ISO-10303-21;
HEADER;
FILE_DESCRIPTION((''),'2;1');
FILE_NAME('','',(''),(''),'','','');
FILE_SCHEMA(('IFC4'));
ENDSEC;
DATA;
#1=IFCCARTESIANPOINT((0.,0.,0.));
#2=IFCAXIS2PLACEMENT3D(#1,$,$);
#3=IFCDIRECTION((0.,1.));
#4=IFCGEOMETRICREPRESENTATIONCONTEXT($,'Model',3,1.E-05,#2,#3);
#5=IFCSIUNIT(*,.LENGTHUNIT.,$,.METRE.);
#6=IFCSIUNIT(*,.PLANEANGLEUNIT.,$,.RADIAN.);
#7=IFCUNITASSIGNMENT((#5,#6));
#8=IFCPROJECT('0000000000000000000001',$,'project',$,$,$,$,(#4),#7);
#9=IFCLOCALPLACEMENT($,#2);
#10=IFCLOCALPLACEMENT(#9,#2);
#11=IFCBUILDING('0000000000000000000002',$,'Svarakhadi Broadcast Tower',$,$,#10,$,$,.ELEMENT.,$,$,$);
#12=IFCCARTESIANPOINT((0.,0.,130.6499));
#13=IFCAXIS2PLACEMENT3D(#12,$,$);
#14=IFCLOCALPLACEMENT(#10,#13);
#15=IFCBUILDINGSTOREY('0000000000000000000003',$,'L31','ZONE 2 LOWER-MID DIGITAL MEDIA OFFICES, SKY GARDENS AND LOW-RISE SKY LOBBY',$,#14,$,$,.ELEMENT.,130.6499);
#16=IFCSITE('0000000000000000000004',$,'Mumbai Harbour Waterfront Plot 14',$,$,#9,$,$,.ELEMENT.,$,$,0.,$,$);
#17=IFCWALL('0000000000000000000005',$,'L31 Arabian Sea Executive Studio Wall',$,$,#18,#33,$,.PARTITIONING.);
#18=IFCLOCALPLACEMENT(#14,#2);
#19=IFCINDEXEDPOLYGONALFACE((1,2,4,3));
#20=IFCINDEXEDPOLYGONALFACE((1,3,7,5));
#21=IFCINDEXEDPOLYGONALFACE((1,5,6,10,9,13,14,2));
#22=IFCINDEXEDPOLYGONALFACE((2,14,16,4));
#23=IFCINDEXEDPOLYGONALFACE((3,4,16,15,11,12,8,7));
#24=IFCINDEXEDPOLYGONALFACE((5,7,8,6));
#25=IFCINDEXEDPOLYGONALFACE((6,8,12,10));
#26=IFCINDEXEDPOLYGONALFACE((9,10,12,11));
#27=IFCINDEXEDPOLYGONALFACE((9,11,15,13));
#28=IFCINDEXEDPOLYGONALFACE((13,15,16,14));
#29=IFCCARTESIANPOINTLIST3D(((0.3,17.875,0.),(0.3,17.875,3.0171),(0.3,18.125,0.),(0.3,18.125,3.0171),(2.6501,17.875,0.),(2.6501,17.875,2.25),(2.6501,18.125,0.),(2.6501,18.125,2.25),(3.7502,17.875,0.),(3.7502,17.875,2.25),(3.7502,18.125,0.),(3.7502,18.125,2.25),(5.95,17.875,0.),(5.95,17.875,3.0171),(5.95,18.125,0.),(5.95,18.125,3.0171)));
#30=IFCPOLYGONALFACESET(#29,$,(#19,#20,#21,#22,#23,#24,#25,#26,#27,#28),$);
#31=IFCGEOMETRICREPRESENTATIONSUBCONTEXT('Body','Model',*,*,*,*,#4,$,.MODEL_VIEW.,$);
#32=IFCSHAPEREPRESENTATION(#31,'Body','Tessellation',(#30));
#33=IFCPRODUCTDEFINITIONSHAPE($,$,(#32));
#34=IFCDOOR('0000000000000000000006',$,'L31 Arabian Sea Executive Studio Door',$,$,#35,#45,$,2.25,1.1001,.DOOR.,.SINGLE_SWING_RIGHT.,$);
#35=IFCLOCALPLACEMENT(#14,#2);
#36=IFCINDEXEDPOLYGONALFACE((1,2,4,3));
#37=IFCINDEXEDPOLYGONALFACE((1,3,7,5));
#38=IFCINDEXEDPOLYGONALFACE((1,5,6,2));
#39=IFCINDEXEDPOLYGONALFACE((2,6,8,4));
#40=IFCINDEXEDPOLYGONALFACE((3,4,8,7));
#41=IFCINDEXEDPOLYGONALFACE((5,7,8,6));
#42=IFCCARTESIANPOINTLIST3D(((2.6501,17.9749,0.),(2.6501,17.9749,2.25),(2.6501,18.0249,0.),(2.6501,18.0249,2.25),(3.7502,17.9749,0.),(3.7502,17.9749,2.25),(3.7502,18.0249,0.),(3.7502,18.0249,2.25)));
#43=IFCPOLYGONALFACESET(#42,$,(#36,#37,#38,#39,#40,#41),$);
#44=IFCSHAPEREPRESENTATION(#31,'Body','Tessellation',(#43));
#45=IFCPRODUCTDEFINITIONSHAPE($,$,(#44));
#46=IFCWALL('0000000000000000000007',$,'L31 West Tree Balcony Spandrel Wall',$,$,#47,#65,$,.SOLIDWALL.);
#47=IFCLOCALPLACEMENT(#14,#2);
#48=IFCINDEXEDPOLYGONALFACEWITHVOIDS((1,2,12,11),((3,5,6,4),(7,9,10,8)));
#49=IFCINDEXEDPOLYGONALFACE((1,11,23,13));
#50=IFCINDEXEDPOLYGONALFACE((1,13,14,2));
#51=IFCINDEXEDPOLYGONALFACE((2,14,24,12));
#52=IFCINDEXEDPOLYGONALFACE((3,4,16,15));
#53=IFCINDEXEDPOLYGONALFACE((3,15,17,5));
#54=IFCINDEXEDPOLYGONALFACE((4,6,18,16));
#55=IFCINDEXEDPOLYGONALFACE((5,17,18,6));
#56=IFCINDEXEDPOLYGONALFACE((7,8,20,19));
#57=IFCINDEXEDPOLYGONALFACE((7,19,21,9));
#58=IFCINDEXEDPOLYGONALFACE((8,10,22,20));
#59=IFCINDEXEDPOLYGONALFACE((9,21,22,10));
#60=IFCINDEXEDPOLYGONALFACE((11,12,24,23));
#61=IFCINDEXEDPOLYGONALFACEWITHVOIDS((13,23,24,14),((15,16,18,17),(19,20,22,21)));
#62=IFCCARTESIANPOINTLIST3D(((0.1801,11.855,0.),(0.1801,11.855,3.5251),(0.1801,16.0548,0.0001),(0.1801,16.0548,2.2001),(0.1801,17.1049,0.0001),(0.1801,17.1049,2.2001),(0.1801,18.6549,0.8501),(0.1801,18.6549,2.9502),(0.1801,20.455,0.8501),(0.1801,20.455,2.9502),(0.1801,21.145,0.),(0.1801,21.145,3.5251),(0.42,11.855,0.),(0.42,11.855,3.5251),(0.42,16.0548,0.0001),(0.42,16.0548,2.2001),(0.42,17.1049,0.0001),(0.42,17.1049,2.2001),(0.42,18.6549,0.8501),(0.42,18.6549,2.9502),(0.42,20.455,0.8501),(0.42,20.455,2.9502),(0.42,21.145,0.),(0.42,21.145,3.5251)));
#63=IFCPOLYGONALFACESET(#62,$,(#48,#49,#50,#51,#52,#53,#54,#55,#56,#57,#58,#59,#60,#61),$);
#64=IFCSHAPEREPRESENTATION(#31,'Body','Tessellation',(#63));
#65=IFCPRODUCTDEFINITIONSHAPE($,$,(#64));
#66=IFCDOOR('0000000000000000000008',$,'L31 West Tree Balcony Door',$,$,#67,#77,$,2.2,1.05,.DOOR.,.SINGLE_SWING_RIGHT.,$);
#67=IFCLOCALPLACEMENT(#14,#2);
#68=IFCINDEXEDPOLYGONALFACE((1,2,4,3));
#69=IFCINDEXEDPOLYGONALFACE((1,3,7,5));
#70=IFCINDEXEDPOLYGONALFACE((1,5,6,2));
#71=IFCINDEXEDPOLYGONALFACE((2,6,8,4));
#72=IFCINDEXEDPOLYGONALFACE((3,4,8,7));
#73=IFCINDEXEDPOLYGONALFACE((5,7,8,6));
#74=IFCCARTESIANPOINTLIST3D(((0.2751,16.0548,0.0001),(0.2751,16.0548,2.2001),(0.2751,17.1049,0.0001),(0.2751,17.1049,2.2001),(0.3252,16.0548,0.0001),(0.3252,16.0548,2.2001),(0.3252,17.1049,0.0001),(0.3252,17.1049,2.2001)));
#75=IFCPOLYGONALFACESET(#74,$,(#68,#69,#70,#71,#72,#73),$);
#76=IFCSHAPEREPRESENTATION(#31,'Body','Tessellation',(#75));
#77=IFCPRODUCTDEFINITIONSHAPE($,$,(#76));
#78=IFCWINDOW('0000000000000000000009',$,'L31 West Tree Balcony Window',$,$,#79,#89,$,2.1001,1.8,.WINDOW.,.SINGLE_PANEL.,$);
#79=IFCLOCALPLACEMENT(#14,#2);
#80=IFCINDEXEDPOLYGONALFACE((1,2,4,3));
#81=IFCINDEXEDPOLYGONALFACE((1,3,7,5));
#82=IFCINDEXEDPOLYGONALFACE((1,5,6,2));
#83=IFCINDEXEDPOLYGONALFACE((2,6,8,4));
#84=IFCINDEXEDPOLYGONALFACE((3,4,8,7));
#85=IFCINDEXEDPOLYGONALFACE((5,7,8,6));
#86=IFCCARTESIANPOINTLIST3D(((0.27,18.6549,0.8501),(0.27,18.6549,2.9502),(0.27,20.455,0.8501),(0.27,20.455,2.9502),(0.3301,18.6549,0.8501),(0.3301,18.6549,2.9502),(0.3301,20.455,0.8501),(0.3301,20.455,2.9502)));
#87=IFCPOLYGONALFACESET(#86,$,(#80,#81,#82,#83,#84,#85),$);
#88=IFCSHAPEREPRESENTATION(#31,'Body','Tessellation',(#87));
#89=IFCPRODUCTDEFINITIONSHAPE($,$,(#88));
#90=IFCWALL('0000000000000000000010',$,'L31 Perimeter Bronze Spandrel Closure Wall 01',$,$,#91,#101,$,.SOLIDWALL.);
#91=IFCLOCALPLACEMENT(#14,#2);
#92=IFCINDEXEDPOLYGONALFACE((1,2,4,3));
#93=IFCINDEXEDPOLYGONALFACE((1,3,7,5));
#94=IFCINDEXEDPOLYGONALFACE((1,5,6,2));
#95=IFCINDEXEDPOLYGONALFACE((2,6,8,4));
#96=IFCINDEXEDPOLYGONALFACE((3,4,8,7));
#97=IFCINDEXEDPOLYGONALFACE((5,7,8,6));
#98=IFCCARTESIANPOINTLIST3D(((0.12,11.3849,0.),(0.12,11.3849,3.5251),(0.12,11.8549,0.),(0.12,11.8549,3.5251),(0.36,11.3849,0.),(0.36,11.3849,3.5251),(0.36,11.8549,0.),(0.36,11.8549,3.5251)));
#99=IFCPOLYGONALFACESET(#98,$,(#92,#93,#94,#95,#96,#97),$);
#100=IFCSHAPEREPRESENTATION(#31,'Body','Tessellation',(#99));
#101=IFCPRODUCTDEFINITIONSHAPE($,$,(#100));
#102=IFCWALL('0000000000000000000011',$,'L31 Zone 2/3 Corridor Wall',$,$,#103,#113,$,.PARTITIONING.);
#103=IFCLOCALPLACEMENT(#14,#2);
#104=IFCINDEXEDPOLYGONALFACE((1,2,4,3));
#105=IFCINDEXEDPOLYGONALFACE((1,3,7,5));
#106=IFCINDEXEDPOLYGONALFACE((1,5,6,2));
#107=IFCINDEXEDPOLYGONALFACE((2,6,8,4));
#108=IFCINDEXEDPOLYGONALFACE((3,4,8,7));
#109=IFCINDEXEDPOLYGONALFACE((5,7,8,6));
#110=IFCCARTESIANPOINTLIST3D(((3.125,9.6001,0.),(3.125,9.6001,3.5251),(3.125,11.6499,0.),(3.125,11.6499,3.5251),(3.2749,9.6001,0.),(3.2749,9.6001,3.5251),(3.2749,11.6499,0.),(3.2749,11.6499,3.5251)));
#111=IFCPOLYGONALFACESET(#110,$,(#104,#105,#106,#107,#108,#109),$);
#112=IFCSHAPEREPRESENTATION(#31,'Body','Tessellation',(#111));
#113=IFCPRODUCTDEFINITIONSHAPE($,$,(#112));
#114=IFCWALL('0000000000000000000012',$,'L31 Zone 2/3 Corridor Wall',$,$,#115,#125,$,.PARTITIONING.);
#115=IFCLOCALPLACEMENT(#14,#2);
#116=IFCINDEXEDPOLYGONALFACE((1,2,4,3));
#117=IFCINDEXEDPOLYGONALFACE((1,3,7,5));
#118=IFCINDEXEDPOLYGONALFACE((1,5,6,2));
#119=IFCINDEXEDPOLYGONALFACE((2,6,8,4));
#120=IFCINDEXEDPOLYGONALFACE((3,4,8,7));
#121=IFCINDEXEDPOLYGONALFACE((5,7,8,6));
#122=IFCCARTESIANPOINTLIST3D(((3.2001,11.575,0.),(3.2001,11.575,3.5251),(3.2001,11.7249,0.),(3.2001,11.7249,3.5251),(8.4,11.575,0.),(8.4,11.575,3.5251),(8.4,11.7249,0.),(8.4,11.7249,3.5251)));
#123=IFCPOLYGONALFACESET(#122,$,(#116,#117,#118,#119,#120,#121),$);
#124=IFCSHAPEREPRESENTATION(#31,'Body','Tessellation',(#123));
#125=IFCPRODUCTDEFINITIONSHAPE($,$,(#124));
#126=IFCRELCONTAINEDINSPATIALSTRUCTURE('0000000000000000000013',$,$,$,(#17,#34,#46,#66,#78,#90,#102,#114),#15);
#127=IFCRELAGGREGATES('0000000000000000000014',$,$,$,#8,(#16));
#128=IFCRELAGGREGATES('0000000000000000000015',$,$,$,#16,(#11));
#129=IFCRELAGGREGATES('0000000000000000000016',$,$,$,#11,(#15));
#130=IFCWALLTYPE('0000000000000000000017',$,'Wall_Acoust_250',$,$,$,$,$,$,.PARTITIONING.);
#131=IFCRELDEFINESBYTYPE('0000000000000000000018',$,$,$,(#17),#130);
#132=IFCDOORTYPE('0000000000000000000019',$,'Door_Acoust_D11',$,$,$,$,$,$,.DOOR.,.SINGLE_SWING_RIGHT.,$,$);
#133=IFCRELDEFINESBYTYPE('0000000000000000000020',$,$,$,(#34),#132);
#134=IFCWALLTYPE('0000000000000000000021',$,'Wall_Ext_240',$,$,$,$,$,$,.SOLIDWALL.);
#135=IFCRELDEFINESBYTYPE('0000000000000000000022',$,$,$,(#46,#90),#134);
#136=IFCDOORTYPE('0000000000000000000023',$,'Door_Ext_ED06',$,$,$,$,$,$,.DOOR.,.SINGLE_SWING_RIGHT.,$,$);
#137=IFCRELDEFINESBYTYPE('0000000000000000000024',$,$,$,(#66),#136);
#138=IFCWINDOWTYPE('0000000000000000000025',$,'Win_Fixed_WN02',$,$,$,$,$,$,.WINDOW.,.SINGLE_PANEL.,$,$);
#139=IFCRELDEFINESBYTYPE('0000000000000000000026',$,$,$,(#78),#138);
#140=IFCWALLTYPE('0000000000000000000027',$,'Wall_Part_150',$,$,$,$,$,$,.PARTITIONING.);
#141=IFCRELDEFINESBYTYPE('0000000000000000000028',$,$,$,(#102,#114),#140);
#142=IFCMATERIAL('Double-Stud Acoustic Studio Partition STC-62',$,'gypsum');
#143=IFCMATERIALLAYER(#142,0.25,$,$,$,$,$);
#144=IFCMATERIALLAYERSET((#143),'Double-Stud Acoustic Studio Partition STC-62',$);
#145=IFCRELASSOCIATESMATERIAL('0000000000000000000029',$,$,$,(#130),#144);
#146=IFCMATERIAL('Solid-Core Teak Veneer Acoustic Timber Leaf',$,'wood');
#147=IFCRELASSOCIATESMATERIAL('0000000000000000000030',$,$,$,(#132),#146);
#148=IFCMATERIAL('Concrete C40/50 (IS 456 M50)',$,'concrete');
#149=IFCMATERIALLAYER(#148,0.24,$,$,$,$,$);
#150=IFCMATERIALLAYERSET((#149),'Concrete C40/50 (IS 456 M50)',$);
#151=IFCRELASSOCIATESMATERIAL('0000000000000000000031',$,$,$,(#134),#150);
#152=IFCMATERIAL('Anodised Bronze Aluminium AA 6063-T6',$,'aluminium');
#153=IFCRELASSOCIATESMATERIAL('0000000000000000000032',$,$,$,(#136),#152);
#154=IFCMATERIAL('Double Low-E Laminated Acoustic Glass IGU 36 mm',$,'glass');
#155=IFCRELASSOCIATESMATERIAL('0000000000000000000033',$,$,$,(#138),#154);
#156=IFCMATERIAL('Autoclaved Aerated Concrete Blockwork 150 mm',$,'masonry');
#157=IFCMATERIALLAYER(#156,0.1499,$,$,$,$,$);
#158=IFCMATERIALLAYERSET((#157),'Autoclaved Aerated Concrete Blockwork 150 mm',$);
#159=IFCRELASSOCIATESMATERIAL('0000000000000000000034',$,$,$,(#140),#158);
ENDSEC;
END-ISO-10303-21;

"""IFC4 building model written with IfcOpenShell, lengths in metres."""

from ifc_helpers import new_model, si_unit, direction, frame, frame_2d, origin, place, context, subcontext, project, spatial, rectangle, extrude, material, layer, layer_set, type_object, element, fill, save


model = new_model("IFC4")

# Units and contexts
model_context = context("Model", 3, precision=1e-05, world=origin(), true_north=direction((0.0, 1.0)))
body_context = subcontext(model_context, "Body", "Model", "MODEL_VIEW")
ifc_project = project(units=[si_unit("LENGTHUNIT", "METRE"), si_unit("PLANEANGLEUNIT", "RADIAN")], contexts=[model_context])

# Site, building, storey
site_placement = place(None, origin())
site = spatial("IfcSite", under=ifc_project, at=site_placement, Name="Mumbai Harbour Waterfront Plot 14", CompositionType="ELEMENT", RefElevation=0.0)
building_placement = place(site_placement, origin())
building = spatial("IfcBuilding", under=site, at=building_placement, Name="Svarakhadi Broadcast Tower", CompositionType="ELEMENT")
storey_placement = place(building_placement, frame((0.0, 0.0, 130.6499)))
storey = spatial("IfcBuildingStorey", under=building, at=storey_placement, Name="L31", Description="ZONE 2 LOWER-MID DIGITAL MEDIA OFFICES, SKY GARDENS AND LOW-RISE SKY LOBBY", CompositionType="ELEMENT", Elevation=130.6499)

# Shared definitions
ifc_material_1 = material(Name="Anodised Bronze Aluminium AA 6063-T6", Category="aluminium")

# Wall, opening, door
ifc_material_2 = material(Name="Double-Stud Acoustic Studio Partition STC-62", Category="gypsum")
ifc_layer_1 = layer(ifc_material_2, 0.25)
ifc_layer_set_1 = layer_set([ifc_layer_1], Name="Double-Stud Acoustic Studio Partition STC-62")
wall_type_1 = type_object("IfcWallType", Name="Wall_Acoust_250", PredefinedType="PARTITIONING", material=ifc_layer_set_1)
wall_1_placement = place(storey_placement, frame((0.3, 18.0, 0.0), z_axis=(0.0, 0.0, 1.0), x_axis=(1.0, 0.0, 0.0)))
wall_1 = element("IfcWall", 1, at=wall_1_placement, inside=storey, type_object=wall_type_1, Name="L31 Arabian Sea Executive Studio Wall", PredefinedType="PARTITIONING", context=body_context, shape_type="SweptSolid", body=[
    extrude(rectangle(XDim=5.6499, YDim=0.25, at=frame_2d((2.825, 0.0))), origin(), (0.0, 0.0, 1.0), 3.0171),
])
opening_1_placement = place(wall_1_placement, frame((2.3501, 0.0, 0.0)))
opening_1 = element("IfcOpeningElement", 2, at=opening_1_placement, cuts=wall_1, PredefinedType="OPENING", context=body_context, shape_type="SweptSolid", body=[
    extrude(rectangle(XDim=1.1001, YDim=2.25, at=frame_2d((0.55, 1.125))), frame((0.0, 0.135, 0.0), z_axis=(0.0, -1.0, 0.0), x_axis=(1.0, 0.0, 0.0)), (0.0, 0.0, 1.0), 0.27),
])
ifc_material_3 = material(Name="Solid-Core Teak Veneer Acoustic Timber Leaf", Category="wood")
door_type_1 = type_object("IfcDoorType", Name="Door_Acoust_D11", OperationType="SINGLE_SWING_RIGHT", PredefinedType="DOOR", material=ifc_material_3)
door_1_placement = place(opening_1_placement, origin())
door_1 = element("IfcDoor", 3, at=door_1_placement, inside=storey, type_object=door_type_1, Name="L31 Arabian Sea Executive Studio Door", OperationType="SINGLE_SWING_RIGHT", OverallHeight=2.25, OverallWidth=1.1001, PredefinedType="DOOR", context=body_context, shape_type="SweptSolid", body=[
    extrude(rectangle(XDim=1.1001, YDim=2.25, at=frame_2d((0.55, 1.125))), frame((0.0, 0.0249, 0.0), z_axis=(0.0, -1.0, 0.0), x_axis=(1.0, 0.0, 0.0)), (0.0, 0.0, 1.0), 0.05),
])
fill(opening_1, door_1)

# Wall, openings, door, window
ifc_material_4 = material(Name="Concrete C40/50 (IS 456 M50)", Category="concrete")
ifc_layer_2 = layer(ifc_material_4, 0.24)
ifc_layer_set_2 = layer_set([ifc_layer_2], Name="Concrete C40/50 (IS 456 M50)")
wall_type_2 = type_object("IfcWallType", Name="Wall_Ext_240", PredefinedType="SOLIDWALL", material=ifc_layer_set_2)
wall_2_placement = place(storey_placement, frame((0.3, 11.855, 0.0), z_axis=(0.0, 0.0, 1.0), x_axis=(0.0, 1.0, 0.0)))
wall_2 = element("IfcWall", 4, at=wall_2_placement, inside=storey, type_object=wall_type_2, Name="L31 West Tree Balcony Spandrel Wall", PredefinedType="SOLIDWALL", context=body_context, shape_type="SweptSolid", body=[
    extrude(rectangle(XDim=9.29, YDim=0.24, at=frame_2d((4.645, 0.0))), origin(), (0.0, 0.0, 1.0), 3.5251),
])
opening_2_placement = place(wall_2_placement, frame((4.2, 0.0, 0.0)))
opening_2 = element("IfcOpeningElement", 5, at=opening_2_placement, cuts=wall_2, PredefinedType="OPENING", context=body_context, shape_type="SweptSolid", body=[
    extrude(rectangle(XDim=1.05, YDim=2.2, at=frame_2d((0.5249, 1.1001))), frame((0.0, 0.1299, 0.0), z_axis=(0.0, -1.0, 0.0), x_axis=(1.0, 0.0, 0.0)), (0.0, 0.0, 1.0), 0.26),
])
opening_3_placement = place(wall_2_placement, frame((6.8, 0.0, 0.8501)))
opening_3 = element("IfcOpeningElement", 6, at=opening_3_placement, cuts=wall_2, PredefinedType="OPENING", context=body_context, shape_type="SweptSolid", body=[
    extrude(rectangle(XDim=1.8, YDim=2.1001, at=frame_2d((0.8999, 1.05))), frame((0.0, 0.1299, 0.0), z_axis=(0.0, -1.0, 0.0), x_axis=(1.0, 0.0, 0.0)), (0.0, 0.0, 1.0), 0.26),
])
door_type_2 = type_object("IfcDoorType", Name="Door_Ext_ED06", OperationType="SINGLE_SWING_RIGHT", PredefinedType="DOOR", material=ifc_material_1)
door_2_placement = place(opening_2_placement, origin())
door_2 = element("IfcDoor", 7, at=door_2_placement, inside=storey, type_object=door_type_2, Name="L31 West Tree Balcony Door", OperationType="SINGLE_SWING_RIGHT", OverallHeight=2.2, OverallWidth=1.05, PredefinedType="DOOR", context=body_context, shape_type="SweptSolid", body=[
    extrude(rectangle(XDim=1.05, YDim=2.2, at=frame_2d((0.5249, 1.1001))), frame((0.0, 0.0249, 0.0), z_axis=(0.0, -1.0, 0.0), x_axis=(1.0, 0.0, 0.0)), (0.0, 0.0, 1.0), 0.05),
])
fill(opening_2, door_2)
ifc_material_5 = material(Name="Double Low-E Laminated Acoustic Glass IGU 36 mm", Category="glass")
window_type = type_object("IfcWindowType", Name="Win_Fixed_WN02", PartitioningType="SINGLE_PANEL", PredefinedType="WINDOW", material=ifc_material_5)
window_placement = place(opening_3_placement, origin())
window = element("IfcWindow", 8, at=window_placement, inside=storey, type_object=window_type, Name="L31 West Tree Balcony Window", OverallHeight=2.1001, OverallWidth=1.8, PartitioningType="SINGLE_PANEL", PredefinedType="WINDOW", context=body_context, shape_type="SweptSolid", body=[
    extrude(rectangle(XDim=1.8, YDim=2.1001, at=frame_2d((0.8999, 1.05))), frame((0.0, 0.03, 0.0), z_axis=(0.0, -1.0, 0.0), x_axis=(1.0, 0.0, 0.0)), (0.0, 0.0, 1.0), 0.0601),
])
fill(opening_3, window)

# Walls
wall_3_placement = place(storey_placement, frame((0.24, 11.385, 0.0), z_axis=(0.0, 0.0, 1.0), x_axis=(0.0, 1.0, 0.0)))
element("IfcWall", 9, at=wall_3_placement, inside=storey, type_object=wall_type_2, Name="L31 Perimeter Bronze Spandrel Closure Wall 01", PredefinedType="SOLIDWALL", context=body_context, shape_type="SweptSolid", body=[
    extrude(rectangle(XDim=0.47, YDim=0.24, at=frame_2d((0.2349, 0.0))), origin(), (0.0, 0.0, 1.0), 3.5251),
])
ifc_material_6 = material(Name="Autoclaved Aerated Concrete Blockwork 150 mm", Category="masonry")
ifc_layer_3 = layer(ifc_material_6, 0.1499)
ifc_layer_set_3 = layer_set([ifc_layer_3], Name="Autoclaved Aerated Concrete Blockwork 150 mm")
wall_type_3 = type_object("IfcWallType", Name="Wall_Part_150", PredefinedType="PARTITIONING", material=ifc_layer_set_3)
wall_4_placement = place(storey_placement, frame((3.2, 9.6001, 0.0), z_axis=(0.0, 0.0, 1.0), x_axis=(0.0, 1.0, 0.0)))
element("IfcWall", 10, at=wall_4_placement, inside=storey, type_object=wall_type_3, Name="L31 Zone 2/3 Corridor Wall", PredefinedType="PARTITIONING", context=body_context, shape_type="SweptSolid", body=[
    extrude(rectangle(XDim=2.0498, YDim=0.1499, at=frame_2d((1.0249, 0.0))), origin(), (0.0, 0.0, 1.0), 3.5251),
])
wall_5_placement = place(storey_placement, frame((3.2, 11.6499, 0.0), z_axis=(0.0, 0.0, 1.0), x_axis=(1.0, 0.0, 0.0)))
element("IfcWall", 11, at=wall_5_placement, inside=storey, type_object=wall_type_3, Name="L31 Zone 2/3 Corridor Wall", PredefinedType="PARTITIONING", context=body_context, shape_type="SweptSolid", body=[
    extrude(rectangle(XDim=5.2, YDim=0.1499, at=frame_2d((2.6001, 0.0))), origin(), (0.0, 0.0, 1.0), 3.5251),
])

save(model, "model.ifc")
